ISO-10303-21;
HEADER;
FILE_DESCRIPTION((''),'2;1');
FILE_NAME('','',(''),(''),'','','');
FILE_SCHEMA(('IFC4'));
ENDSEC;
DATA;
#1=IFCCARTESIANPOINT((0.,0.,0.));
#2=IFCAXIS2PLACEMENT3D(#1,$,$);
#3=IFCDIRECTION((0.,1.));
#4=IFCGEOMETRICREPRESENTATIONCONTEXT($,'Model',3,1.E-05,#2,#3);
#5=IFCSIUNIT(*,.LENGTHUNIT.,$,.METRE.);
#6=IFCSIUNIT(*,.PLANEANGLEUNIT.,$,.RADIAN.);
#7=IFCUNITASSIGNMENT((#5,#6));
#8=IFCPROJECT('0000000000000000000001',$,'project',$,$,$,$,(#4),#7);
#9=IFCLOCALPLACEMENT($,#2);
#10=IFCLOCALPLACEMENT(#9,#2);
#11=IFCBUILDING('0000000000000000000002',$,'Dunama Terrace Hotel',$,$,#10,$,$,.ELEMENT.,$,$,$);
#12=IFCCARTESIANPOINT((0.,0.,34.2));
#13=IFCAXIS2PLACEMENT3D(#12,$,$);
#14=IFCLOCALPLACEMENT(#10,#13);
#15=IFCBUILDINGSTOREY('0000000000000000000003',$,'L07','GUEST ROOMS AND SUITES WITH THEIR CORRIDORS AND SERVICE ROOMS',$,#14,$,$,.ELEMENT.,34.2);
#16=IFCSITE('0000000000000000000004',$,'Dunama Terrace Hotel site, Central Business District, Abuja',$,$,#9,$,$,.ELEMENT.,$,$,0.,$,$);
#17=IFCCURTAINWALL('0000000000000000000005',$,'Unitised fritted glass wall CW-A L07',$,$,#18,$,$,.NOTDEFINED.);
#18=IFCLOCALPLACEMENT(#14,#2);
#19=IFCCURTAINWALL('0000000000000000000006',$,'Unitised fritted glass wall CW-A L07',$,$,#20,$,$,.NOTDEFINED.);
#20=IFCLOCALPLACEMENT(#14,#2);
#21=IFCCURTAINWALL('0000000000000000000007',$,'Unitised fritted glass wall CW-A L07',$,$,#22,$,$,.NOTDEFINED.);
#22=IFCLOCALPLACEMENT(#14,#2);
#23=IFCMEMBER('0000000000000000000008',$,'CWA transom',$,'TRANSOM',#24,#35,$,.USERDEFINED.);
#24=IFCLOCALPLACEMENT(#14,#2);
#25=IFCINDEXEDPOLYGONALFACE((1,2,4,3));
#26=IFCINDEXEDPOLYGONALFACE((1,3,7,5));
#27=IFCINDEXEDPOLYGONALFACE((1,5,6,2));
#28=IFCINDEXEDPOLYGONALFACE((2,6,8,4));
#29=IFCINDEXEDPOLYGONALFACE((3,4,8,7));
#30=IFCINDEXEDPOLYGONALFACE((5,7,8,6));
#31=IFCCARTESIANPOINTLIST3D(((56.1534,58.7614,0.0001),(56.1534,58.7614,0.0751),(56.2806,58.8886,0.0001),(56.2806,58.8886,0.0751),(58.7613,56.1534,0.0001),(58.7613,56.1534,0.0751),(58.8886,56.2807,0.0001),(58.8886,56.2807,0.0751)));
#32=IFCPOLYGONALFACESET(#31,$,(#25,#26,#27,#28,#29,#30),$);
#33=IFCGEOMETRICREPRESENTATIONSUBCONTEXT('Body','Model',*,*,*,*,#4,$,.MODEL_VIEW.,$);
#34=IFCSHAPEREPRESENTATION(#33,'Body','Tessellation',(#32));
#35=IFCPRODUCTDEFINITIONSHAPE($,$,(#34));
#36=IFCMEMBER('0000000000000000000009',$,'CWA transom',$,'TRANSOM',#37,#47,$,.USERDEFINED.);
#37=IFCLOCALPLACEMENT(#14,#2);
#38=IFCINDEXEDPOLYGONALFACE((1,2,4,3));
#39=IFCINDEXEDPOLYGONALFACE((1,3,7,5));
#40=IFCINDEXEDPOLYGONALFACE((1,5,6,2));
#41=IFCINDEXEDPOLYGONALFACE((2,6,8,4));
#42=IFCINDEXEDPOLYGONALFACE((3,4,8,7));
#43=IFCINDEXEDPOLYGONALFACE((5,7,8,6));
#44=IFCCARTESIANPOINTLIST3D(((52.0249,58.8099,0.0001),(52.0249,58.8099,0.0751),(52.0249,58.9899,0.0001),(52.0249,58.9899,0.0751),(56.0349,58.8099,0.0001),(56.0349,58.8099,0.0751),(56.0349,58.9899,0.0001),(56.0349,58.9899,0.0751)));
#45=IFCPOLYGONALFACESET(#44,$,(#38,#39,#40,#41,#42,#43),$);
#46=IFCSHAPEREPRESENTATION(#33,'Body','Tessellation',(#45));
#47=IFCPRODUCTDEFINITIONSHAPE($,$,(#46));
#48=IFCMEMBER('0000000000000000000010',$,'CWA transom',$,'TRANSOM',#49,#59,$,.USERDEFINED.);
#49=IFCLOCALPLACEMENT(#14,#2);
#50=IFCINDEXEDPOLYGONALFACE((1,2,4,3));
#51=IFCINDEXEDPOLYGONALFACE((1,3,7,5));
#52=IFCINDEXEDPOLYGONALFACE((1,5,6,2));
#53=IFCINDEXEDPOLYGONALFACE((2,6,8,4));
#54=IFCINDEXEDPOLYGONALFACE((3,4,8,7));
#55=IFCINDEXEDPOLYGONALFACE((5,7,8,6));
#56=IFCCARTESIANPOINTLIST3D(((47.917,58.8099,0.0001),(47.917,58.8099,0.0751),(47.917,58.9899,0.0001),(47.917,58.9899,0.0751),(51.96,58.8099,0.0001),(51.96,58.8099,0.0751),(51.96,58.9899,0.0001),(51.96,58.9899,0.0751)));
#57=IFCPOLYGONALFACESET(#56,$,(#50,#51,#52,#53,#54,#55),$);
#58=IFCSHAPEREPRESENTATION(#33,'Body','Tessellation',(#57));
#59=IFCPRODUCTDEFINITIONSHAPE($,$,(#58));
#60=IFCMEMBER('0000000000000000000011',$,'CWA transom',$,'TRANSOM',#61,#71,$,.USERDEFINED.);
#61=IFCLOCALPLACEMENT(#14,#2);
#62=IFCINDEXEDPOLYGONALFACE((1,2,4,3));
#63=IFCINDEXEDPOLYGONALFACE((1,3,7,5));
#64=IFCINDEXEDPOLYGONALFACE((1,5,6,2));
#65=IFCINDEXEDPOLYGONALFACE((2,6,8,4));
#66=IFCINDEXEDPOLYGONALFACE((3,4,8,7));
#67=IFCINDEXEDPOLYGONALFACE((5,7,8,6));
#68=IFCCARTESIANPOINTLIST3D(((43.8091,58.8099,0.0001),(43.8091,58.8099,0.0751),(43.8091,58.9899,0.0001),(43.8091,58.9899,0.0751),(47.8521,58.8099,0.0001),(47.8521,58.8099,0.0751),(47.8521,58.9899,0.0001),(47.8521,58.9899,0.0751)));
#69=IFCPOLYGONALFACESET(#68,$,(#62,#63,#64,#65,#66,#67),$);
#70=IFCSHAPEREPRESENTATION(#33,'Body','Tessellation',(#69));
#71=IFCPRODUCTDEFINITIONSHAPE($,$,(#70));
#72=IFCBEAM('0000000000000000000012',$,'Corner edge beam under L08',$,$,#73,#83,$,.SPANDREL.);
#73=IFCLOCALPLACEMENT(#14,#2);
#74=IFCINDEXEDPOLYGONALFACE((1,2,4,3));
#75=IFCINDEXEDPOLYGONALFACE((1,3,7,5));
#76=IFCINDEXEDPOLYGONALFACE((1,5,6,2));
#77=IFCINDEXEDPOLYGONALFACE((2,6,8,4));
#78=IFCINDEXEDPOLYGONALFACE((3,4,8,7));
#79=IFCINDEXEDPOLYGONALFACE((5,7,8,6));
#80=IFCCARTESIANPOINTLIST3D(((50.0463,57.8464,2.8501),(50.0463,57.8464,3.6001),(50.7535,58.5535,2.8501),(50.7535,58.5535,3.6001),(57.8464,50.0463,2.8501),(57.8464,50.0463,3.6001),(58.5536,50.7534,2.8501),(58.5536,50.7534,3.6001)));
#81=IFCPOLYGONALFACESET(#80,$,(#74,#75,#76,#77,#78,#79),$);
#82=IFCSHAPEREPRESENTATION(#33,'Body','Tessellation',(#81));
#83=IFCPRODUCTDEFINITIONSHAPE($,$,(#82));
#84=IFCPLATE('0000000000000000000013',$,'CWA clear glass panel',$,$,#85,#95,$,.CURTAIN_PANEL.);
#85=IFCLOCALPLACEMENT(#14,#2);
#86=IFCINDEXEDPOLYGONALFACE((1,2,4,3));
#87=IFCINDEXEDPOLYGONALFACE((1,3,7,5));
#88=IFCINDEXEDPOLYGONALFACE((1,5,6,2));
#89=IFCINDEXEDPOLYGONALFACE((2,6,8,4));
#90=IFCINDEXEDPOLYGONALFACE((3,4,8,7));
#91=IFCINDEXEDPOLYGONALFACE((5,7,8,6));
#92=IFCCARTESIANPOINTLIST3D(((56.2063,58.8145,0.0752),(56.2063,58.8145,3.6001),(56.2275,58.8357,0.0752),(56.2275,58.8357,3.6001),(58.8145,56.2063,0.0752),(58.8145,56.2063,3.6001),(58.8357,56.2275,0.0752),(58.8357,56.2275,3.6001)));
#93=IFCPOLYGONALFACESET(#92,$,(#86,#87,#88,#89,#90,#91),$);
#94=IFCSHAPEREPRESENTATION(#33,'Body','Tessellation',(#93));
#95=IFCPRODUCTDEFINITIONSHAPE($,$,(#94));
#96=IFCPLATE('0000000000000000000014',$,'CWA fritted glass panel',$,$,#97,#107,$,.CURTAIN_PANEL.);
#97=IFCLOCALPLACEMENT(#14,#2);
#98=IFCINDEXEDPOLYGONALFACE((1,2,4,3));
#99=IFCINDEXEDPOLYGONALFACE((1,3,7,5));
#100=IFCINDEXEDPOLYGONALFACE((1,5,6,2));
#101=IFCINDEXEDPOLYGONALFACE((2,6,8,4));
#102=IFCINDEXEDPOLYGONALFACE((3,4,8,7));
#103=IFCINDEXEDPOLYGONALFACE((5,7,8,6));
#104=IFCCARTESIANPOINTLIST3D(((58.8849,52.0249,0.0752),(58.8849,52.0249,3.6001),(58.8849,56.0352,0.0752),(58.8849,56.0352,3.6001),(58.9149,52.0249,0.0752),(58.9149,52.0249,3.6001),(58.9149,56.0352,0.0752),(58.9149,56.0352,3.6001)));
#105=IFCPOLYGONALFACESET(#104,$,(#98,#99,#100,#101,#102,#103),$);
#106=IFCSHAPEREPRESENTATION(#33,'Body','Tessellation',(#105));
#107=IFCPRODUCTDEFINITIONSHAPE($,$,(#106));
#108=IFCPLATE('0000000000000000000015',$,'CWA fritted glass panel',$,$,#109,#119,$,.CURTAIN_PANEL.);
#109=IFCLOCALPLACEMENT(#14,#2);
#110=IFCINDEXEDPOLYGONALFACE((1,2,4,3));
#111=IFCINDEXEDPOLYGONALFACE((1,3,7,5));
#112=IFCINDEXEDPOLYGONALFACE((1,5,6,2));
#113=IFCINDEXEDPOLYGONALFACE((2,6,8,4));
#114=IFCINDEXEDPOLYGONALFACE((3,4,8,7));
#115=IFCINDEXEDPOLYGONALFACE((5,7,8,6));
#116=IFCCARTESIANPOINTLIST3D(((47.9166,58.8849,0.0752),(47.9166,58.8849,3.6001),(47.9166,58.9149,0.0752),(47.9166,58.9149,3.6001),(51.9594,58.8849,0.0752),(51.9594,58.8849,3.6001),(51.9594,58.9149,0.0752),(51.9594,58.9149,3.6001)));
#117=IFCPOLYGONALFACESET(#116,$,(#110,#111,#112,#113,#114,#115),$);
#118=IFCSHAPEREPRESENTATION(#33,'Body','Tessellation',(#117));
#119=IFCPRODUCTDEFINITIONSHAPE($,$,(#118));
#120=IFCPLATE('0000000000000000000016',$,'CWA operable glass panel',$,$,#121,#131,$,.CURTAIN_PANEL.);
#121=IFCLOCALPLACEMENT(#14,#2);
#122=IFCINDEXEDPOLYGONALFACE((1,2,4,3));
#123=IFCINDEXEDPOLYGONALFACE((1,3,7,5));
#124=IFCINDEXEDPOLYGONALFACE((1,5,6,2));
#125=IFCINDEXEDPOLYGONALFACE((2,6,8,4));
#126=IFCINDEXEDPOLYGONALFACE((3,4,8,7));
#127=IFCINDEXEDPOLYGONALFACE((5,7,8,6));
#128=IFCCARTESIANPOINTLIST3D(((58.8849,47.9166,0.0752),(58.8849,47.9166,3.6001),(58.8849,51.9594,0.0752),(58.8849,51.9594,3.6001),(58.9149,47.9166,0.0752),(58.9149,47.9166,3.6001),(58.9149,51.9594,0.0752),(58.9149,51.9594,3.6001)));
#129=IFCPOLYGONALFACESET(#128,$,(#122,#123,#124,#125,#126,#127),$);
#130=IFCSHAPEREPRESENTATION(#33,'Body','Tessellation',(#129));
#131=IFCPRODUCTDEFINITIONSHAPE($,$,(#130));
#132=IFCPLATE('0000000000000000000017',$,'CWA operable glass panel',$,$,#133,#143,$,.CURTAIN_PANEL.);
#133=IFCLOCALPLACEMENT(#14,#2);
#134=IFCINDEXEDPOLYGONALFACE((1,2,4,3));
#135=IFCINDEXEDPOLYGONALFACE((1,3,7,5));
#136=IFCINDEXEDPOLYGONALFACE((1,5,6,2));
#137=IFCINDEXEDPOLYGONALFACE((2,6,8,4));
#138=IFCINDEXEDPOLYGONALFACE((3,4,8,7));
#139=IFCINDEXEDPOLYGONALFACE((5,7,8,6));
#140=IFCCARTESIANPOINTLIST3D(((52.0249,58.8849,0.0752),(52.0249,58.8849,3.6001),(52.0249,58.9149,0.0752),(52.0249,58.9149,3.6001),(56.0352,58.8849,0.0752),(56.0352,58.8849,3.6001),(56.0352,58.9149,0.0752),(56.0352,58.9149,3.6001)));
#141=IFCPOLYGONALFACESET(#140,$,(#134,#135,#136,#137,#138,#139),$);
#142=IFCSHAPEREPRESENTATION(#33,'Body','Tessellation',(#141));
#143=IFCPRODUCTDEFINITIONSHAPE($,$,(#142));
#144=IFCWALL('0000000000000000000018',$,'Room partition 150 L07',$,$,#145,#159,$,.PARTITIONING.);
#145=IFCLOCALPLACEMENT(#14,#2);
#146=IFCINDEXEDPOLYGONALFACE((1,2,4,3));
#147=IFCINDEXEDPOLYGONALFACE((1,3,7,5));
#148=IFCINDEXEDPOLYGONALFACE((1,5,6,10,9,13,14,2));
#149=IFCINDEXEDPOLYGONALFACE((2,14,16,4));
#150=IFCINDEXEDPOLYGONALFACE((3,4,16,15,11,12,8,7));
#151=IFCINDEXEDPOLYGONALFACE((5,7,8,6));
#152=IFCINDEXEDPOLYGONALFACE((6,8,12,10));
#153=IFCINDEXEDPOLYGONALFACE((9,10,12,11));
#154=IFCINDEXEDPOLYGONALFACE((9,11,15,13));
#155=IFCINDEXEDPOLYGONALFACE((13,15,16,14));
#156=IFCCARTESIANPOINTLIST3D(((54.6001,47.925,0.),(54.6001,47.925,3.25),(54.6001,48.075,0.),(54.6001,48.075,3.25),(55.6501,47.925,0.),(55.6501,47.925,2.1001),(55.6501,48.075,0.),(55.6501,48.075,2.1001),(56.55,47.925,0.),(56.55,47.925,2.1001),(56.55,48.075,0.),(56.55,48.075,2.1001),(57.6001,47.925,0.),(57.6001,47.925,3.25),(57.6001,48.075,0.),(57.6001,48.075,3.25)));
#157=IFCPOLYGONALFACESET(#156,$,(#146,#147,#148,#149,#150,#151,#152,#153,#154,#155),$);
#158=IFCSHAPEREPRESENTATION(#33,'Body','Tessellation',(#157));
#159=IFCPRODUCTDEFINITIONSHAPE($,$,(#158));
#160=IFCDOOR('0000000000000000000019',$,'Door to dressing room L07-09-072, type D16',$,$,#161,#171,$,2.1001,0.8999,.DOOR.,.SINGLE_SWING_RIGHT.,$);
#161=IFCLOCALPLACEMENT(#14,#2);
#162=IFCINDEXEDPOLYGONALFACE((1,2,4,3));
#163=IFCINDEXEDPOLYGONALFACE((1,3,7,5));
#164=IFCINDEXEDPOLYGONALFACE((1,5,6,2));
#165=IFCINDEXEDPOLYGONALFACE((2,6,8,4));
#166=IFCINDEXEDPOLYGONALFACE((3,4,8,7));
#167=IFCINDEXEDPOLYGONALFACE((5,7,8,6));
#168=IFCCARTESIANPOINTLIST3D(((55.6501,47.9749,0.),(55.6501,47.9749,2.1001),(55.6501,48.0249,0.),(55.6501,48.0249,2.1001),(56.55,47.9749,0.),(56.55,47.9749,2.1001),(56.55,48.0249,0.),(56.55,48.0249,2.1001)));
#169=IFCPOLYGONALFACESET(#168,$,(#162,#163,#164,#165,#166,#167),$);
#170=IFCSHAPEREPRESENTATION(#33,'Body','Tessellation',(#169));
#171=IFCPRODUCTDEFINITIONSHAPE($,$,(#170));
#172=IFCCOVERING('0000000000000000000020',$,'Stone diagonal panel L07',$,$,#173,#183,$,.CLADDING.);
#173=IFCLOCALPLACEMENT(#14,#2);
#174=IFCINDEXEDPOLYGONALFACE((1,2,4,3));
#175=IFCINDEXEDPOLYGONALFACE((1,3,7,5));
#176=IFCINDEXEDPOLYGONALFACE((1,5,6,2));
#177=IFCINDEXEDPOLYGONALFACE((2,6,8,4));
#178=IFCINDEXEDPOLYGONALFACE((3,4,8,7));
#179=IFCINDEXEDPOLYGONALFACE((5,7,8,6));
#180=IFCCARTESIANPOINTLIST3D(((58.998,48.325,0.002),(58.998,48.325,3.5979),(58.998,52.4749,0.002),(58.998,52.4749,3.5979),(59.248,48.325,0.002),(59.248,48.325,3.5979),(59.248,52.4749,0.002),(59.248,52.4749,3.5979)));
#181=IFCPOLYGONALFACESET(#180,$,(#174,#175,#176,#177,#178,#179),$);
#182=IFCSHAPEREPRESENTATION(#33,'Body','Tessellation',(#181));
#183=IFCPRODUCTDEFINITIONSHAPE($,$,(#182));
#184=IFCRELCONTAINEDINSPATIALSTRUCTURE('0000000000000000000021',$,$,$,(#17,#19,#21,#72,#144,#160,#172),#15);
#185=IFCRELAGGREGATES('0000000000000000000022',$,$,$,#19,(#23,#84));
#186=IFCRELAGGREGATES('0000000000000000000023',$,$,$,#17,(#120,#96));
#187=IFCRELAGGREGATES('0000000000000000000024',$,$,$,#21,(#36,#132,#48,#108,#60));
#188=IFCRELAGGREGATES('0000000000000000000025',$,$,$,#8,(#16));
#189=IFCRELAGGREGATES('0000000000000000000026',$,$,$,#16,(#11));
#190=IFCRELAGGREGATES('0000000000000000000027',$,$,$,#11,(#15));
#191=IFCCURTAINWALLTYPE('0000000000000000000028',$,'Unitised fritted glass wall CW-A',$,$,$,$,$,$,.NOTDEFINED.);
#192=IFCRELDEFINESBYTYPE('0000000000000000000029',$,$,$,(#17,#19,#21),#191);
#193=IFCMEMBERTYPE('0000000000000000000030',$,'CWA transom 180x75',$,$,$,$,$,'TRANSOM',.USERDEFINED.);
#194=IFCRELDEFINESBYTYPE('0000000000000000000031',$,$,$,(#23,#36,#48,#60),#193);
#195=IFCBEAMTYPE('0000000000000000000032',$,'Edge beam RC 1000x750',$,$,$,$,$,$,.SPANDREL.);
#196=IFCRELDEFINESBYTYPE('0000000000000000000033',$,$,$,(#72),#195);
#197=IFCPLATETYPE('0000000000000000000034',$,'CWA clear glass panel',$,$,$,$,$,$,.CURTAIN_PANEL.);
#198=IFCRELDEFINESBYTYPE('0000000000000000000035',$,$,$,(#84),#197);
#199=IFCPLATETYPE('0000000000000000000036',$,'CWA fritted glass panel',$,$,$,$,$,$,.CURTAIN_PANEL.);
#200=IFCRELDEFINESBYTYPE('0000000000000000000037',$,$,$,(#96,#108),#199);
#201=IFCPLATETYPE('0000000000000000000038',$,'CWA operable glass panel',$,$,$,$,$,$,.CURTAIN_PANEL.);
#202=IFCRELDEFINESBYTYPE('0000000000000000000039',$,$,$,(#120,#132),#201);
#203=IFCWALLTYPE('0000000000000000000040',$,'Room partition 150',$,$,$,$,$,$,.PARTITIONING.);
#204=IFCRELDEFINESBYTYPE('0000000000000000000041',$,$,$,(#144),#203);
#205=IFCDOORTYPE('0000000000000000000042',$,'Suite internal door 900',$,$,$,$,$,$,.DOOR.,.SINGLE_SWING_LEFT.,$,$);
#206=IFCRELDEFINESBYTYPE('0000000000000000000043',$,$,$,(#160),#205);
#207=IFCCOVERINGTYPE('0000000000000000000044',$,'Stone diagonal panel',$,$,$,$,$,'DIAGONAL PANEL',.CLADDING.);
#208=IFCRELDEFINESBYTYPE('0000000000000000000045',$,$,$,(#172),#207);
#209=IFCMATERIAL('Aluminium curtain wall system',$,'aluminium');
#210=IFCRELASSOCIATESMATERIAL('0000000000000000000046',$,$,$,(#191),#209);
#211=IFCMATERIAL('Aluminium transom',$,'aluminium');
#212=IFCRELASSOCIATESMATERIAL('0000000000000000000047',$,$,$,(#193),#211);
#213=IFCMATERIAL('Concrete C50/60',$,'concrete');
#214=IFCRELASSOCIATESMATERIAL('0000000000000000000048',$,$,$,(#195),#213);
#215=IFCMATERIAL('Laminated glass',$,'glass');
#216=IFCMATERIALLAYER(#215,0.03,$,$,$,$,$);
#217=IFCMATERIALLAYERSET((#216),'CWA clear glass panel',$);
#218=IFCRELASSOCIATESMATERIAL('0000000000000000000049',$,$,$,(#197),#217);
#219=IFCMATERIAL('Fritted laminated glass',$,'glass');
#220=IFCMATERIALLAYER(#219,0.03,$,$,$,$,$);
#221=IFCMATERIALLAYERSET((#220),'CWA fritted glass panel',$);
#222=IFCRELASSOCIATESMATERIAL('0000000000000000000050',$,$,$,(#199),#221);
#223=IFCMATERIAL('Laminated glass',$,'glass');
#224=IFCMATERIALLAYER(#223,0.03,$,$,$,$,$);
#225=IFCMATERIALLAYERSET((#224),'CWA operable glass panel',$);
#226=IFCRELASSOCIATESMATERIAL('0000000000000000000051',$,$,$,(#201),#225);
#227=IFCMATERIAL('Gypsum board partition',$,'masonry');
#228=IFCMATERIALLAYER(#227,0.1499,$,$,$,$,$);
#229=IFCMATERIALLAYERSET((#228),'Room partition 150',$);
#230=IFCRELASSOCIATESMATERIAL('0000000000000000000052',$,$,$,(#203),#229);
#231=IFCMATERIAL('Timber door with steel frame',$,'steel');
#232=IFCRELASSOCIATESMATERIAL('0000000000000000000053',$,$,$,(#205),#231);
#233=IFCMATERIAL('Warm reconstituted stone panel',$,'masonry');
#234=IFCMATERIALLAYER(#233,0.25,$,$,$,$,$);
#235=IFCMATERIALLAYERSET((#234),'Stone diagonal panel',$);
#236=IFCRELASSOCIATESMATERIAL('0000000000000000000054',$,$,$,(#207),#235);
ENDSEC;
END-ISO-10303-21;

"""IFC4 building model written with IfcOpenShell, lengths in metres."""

from ifc_helpers import new_model, si_unit, direction, frame, frame_2d, origin, origin_2d, place, context, subcontext, project, spatial, rectangle, extrude, material, layer, layer_set, material_profile, profile_set, type_object, element, fill, aggregate, save


model = new_model("IFC4")

# Units and contexts
model_context = context("Model", 3, precision=1e-05, world=origin(), true_north=direction((0.0, 1.0)))
body_context = subcontext(model_context, "Body", "Model", "MODEL_VIEW")
ifc_project = project(units=[si_unit("LENGTHUNIT", "METRE"), si_unit("PLANEANGLEUNIT", "RADIAN")], contexts=[model_context])

# Site, building, storey
site_placement = place(None, origin())
site = spatial("IfcSite", under=ifc_project, at=site_placement, Name="Dunama Terrace Hotel site, Central Business District, Abuja", CompositionType="ELEMENT", RefElevation=0.0)
building_placement = place(site_placement, origin())
building = spatial("IfcBuilding", under=site, at=building_placement, Name="Dunama Terrace Hotel", CompositionType="ELEMENT")
storey_placement = place(building_placement, frame((0.0, 0.0, 34.2)))
storey = spatial("IfcBuildingStorey", under=building, at=storey_placement, Name="L07", Description="GUEST ROOMS AND SUITES WITH THEIR CORRIDORS AND SERVICE ROOMS", CompositionType="ELEMENT", Elevation=34.2)

# Curtain walls
ifc_material_1 = material(Name="Aluminium curtain wall system", Category="aluminium")
curtain_wall_type = type_object("IfcCurtainWallType", Name="Unitised fritted glass wall CW-A", PredefinedType="NOTDEFINED", material=ifc_material_1)
curtain_wall_1_placement = place(storey_placement, origin())
curtain_wall_1 = element("IfcCurtainWall", 1, at=curtain_wall_1_placement, inside=storey, type_object=curtain_wall_type, Name="Unitised fritted glass wall CW-A L07", PredefinedType="NOTDEFINED")
curtain_wall_2_placement = place(storey_placement, origin())
curtain_wall_2 = element("IfcCurtainWall", 2, at=curtain_wall_2_placement, inside=storey, type_object=curtain_wall_type, Name="Unitised fritted glass wall CW-A L07", PredefinedType="NOTDEFINED")
curtain_wall_3_placement = place(storey_placement, origin())
curtain_wall_3 = element("IfcCurtainWall", 3, at=curtain_wall_3_placement, inside=storey, type_object=curtain_wall_type, Name="Unitised fritted glass wall CW-A L07", PredefinedType="NOTDEFINED")

# Members
ifc_material_2 = material(Name="Aluminium transom", Category="aluminium")
ifc_material_profile_1 = material_profile(ifc_material_2, rectangle(XDim=0.1799, YDim=0.075, at=origin_2d()), Name="CWA TRANSOM 180X75")
ifc_profile_set_1 = profile_set([ifc_material_profile_1], Name="Aluminium transom")
member_type_1 = type_object("IfcMemberType", Name="CWA transom 180x75", ElementType="TRANSOM", PredefinedType="USERDEFINED", material=ifc_profile_set_1)
member_1_placement = place(storey_placement, frame((58.825, 56.217, 0.0376), z_axis=(-0.707107, 0.707107, 0.0), x_axis=(-0.707107, -0.707107, 0.0)))
member_1 = element("IfcMember", 4, at=member_1_placement, type_object=member_type_1, Name="CWA transom", ObjectType="TRANSOM", PredefinedType="USERDEFINED", context=body_context, shape_type="SweptSolid", body=[
    extrude(rectangle(XDim=0.1799, YDim=0.075, at=origin_2d()), origin(), (0.0, 0.0, 1.0), 3.6882),
])
member_2_placement = place(storey_placement, frame((56.0349, 58.8999, 0.0376), z_axis=(-1.0, 0.0, 0.0), x_axis=(0.0, -1.0, 0.0)))
member_2 = element("IfcMember", 5, at=member_2_placement, type_object=member_type_1, Name="CWA transom", ObjectType="TRANSOM", PredefinedType="USERDEFINED", context=body_context, shape_type="SweptSolid", body=[
    extrude(rectangle(XDim=0.1799, YDim=0.075, at=origin_2d()), origin(), (0.0, 0.0, 1.0), 4.01),
])
member_3_placement = place(storey_placement, frame((51.96, 58.8999, 0.0376), z_axis=(-1.0, 0.0, 0.0), x_axis=(0.0, -1.0, 0.0)))
member_3 = element("IfcMember", 6, at=member_3_placement, type_object=member_type_1, Name="CWA transom", ObjectType="TRANSOM", PredefinedType="USERDEFINED", context=body_context, shape_type="SweptSolid", body=[
    extrude(rectangle(XDim=0.1799, YDim=0.075, at=origin_2d()), origin(), (0.0, 0.0, 1.0), 4.043),
])
member_4_placement = place(storey_placement, frame((47.8521, 58.8999, 0.0376), z_axis=(-1.0, 0.0, 0.0), x_axis=(0.0, -1.0, 0.0)))
member_4 = element("IfcMember", 7, at=member_4_placement, type_object=member_type_1, Name="CWA transom", ObjectType="TRANSOM", PredefinedType="USERDEFINED", context=body_context, shape_type="SweptSolid", body=[
    extrude(rectangle(XDim=0.1799, YDim=0.075, at=origin_2d()), origin(), (0.0, 0.0, 1.0), 4.043),
])

# Beam
ifc_material_3 = material(Name="Concrete C50/60", Category="concrete")
ifc_material_profile_2 = material_profile(ifc_material_3, rectangle(XDim=1.0, YDim=0.75, at=origin_2d()), Name="RC 1000x750")
ifc_profile_set_2 = profile_set([ifc_material_profile_2], Name="Concrete C50/60")
beam_type = type_object("IfcBeamType", Name="Edge beam RC 1000x750", PredefinedType="SPANDREL", material=ifc_profile_set_2)
beam_placement = place(storey_placement, frame((50.3999, 58.2, 3.2251), z_axis=(0.707107, -0.707107, 0.0), x_axis=(0.707107, 0.707107, 0.0)))
element("IfcBeam", 8, at=beam_placement, inside=storey, type_object=beam_type, Name="Corner edge beam under L08", PredefinedType="SPANDREL", context=body_context, shape_type="SweptSolid", body=[
    extrude(rectangle(XDim=1.0, YDim=0.75, at=origin_2d()), origin(), (0.0, 0.0, 1.0), 11.031),
])

# Plates
ifc_material_4 = material(Name="Laminated glass", Category="glass")
ifc_layer_1 = layer(ifc_material_4, 0.03)
ifc_layer_set_1 = layer_set([ifc_layer_1], Name="CWA clear glass panel")
plate_type_1 = type_object("IfcPlateType", Name="CWA clear glass panel", PredefinedType="CURTAIN_PANEL", material=ifc_layer_set_1)
plate_1_placement = place(storey_placement, frame((57.521, 57.521, 0.0752), z_axis=(0.0, 0.0, 1.0), x_axis=(-0.707107, 0.707107, 0.0)))
plate_1 = element("IfcPlate", 9, at=plate_1_placement, type_object=plate_type_1, Name="CWA clear glass panel", PredefinedType="CURTAIN_PANEL", context=body_context, shape_type="SweptSolid", body=[
    extrude(rectangle(XDim=3.6885, YDim=0.03, at=origin_2d()), origin(), (0.0, 0.0, 1.0), 3.5249),
])
aggregate(curtain_wall_2, [member_1, plate_1])
ifc_material_5 = material(Name="Fritted laminated glass", Category="glass")
ifc_layer_2 = layer(ifc_material_5, 0.03)
ifc_layer_set_2 = layer_set([ifc_layer_2], Name="CWA fritted glass panel")
plate_type_2 = type_object("IfcPlateType", Name="CWA fritted glass panel", PredefinedType="CURTAIN_PANEL", material=ifc_layer_set_2)
plate_2_placement = place(storey_placement, frame((58.8999, 54.03, 0.0752), z_axis=(0.0, 0.0, 1.0), x_axis=(0.0, 1.0, 0.0)))
plate_2 = element("IfcPlate", 10, at=plate_2_placement, type_object=plate_type_2, Name="CWA fritted glass panel", PredefinedType="CURTAIN_PANEL", context=body_context, shape_type="SweptSolid", body=[
    extrude(rectangle(XDim=4.0103, YDim=0.03, at=origin_2d()), origin(), (0.0, 0.0, 1.0), 3.5249),
])
plate_3_placement = place(storey_placement, frame((49.938, 58.8999, 0.0752), z_axis=(0.0, 0.0, 1.0), x_axis=(-1.0, 0.0, 0.0)))
plate_3 = element("IfcPlate", 11, at=plate_3_placement, type_object=plate_type_2, Name="CWA fritted glass panel", PredefinedType="CURTAIN_PANEL", context=body_context, shape_type="SweptSolid", body=[
    extrude(rectangle(XDim=4.0427, YDim=0.03, at=origin_2d()), origin(), (0.0, 0.0, 1.0), 3.5249),
])
ifc_material_6 = material(Name="Laminated glass", Category="glass")
ifc_layer_3 = layer(ifc_material_6, 0.03)
ifc_layer_set_3 = layer_set([ifc_layer_3], Name="CWA operable glass panel")
plate_type_3 = type_object("IfcPlateType", Name="CWA operable glass panel", PredefinedType="CURTAIN_PANEL", material=ifc_layer_set_3)
plate_4_placement = place(storey_placement, frame((58.8999, 49.938, 0.0752), z_axis=(0.0, 0.0, 1.0), x_axis=(0.0, 1.0, 0.0)))
plate_4 = element("IfcPlate", 12, at=plate_4_placement, type_object=plate_type_3, Name="CWA operable glass panel", PredefinedType="CURTAIN_PANEL", context=body_context, shape_type="SweptSolid", body=[
    extrude(rectangle(XDim=4.0427, YDim=0.03, at=origin_2d()), origin(), (0.0, 0.0, 1.0), 3.5249),
])
aggregate(curtain_wall_1, [plate_4, plate_2])
plate_5_placement = place(storey_placement, frame((54.03, 58.8999, 0.0752), z_axis=(0.0, 0.0, 1.0), x_axis=(-1.0, 0.0, 0.0)))
plate_5 = element("IfcPlate", 13, at=plate_5_placement, type_object=plate_type_3, Name="CWA operable glass panel", PredefinedType="CURTAIN_PANEL", context=body_context, shape_type="SweptSolid", body=[
    extrude(rectangle(XDim=4.0103, YDim=0.03, at=origin_2d()), origin(), (0.0, 0.0, 1.0), 3.5249),
])
aggregate(curtain_wall_3, [member_2, plate_5, member_3, plate_3, member_4])

# Wall, opening, door
ifc_material_7 = material(Name="Gypsum board partition", Category="masonry")
ifc_layer_4 = layer(ifc_material_7, 0.1499)
ifc_layer_set_4 = layer_set([ifc_layer_4], Name="Room partition 150")
wall_type = type_object("IfcWallType", Name="Room partition 150", PredefinedType="PARTITIONING", material=ifc_layer_set_4)
wall_placement = place(storey_placement, frame((54.6001, 48.0, 0.0), z_axis=(0.0, 0.0, 1.0), x_axis=(1.0, 0.0, 0.0)))
wall = element("IfcWall", 14, at=wall_placement, inside=storey, type_object=wall_type, Name="Room partition 150 L07", PredefinedType="PARTITIONING", context=body_context, shape_type="SweptSolid", body=[
    extrude(rectangle(XDim=3.0, YDim=0.1499, at=frame_2d((1.5, 0.0))), origin(), (0.0, 0.0, 1.0), 3.25),
])
opening_placement = place(wall_placement, frame((1.05, 0.0, 0.0)))
opening = element("IfcOpeningElement", 15, at=opening_placement, cuts=wall, PredefinedType="OPENING", context=body_context, shape_type="SweptSolid", body=[
    extrude(rectangle(XDim=0.8999, YDim=2.1001, at=frame_2d((0.45, 1.05))), frame((0.0, 0.085, 0.0), z_axis=(0.0, -1.0, 0.0), x_axis=(1.0, 0.0, 0.0)), (0.0, 0.0, 1.0), 0.1699),
])
ifc_material_8 = material(Name="Timber door with steel frame", Category="steel")
door_type = type_object("IfcDoorType", Name="Suite internal door 900", OperationType="SINGLE_SWING_LEFT", PredefinedType="DOOR", material=ifc_material_8)
door_placement = place(opening_placement, frame((0.8999, 0.0, 0.0), z_axis=(0.0, 0.0, 1.0), x_axis=(-1.0, 0.0, 0.0)))
door = element("IfcDoor", 16, at=door_placement, inside=storey, type_object=door_type, Name="Door to dressing room L07-09-072, type D16", OperationType="SINGLE_SWING_RIGHT", OverallHeight=2.1001, OverallWidth=0.8999, PredefinedType="DOOR", context=body_context, shape_type="SweptSolid", body=[
    extrude(rectangle(XDim=0.8999, YDim=2.1001, at=frame_2d((0.45, 1.05))), frame((0.0, 0.0251, 0.0), z_axis=(0.0, -1.0, 0.0), x_axis=(1.0, 0.0, 0.0)), (0.0, 0.0, 1.0), 0.05),
])
fill(opening, door)

# Covering
ifc_material_9 = material(Name="Warm reconstituted stone panel", Category="masonry")
ifc_layer_5 = layer(ifc_material_9, 0.25)
ifc_layer_set_5 = layer_set([ifc_layer_5], Name="Stone diagonal panel")
covering_type = type_object("IfcCoveringType", Name="Stone diagonal panel", ElementType="DIAGONAL PANEL", PredefinedType="CLADDING", material=ifc_layer_set_5)
covering_1_placement = place(storey_placement, frame((59.123, 50.3999, 0.002), z_axis=(0.0, 0.0, 1.0), x_axis=(0.0, 1.0, 0.0)))
element("IfcCovering", 17, at=covering_1_placement, inside=storey, type_object=covering_type, Name="Stone diagonal panel L07", PredefinedType="CLADDING", context=body_context, shape_type="SweptSolid", body=[
    extrude(rectangle(XDim=4.1499, YDim=0.25, at=origin_2d()), origin(), (0.0, 0.0, 1.0), 3.5959),
])

save(model, "model.ifc")
